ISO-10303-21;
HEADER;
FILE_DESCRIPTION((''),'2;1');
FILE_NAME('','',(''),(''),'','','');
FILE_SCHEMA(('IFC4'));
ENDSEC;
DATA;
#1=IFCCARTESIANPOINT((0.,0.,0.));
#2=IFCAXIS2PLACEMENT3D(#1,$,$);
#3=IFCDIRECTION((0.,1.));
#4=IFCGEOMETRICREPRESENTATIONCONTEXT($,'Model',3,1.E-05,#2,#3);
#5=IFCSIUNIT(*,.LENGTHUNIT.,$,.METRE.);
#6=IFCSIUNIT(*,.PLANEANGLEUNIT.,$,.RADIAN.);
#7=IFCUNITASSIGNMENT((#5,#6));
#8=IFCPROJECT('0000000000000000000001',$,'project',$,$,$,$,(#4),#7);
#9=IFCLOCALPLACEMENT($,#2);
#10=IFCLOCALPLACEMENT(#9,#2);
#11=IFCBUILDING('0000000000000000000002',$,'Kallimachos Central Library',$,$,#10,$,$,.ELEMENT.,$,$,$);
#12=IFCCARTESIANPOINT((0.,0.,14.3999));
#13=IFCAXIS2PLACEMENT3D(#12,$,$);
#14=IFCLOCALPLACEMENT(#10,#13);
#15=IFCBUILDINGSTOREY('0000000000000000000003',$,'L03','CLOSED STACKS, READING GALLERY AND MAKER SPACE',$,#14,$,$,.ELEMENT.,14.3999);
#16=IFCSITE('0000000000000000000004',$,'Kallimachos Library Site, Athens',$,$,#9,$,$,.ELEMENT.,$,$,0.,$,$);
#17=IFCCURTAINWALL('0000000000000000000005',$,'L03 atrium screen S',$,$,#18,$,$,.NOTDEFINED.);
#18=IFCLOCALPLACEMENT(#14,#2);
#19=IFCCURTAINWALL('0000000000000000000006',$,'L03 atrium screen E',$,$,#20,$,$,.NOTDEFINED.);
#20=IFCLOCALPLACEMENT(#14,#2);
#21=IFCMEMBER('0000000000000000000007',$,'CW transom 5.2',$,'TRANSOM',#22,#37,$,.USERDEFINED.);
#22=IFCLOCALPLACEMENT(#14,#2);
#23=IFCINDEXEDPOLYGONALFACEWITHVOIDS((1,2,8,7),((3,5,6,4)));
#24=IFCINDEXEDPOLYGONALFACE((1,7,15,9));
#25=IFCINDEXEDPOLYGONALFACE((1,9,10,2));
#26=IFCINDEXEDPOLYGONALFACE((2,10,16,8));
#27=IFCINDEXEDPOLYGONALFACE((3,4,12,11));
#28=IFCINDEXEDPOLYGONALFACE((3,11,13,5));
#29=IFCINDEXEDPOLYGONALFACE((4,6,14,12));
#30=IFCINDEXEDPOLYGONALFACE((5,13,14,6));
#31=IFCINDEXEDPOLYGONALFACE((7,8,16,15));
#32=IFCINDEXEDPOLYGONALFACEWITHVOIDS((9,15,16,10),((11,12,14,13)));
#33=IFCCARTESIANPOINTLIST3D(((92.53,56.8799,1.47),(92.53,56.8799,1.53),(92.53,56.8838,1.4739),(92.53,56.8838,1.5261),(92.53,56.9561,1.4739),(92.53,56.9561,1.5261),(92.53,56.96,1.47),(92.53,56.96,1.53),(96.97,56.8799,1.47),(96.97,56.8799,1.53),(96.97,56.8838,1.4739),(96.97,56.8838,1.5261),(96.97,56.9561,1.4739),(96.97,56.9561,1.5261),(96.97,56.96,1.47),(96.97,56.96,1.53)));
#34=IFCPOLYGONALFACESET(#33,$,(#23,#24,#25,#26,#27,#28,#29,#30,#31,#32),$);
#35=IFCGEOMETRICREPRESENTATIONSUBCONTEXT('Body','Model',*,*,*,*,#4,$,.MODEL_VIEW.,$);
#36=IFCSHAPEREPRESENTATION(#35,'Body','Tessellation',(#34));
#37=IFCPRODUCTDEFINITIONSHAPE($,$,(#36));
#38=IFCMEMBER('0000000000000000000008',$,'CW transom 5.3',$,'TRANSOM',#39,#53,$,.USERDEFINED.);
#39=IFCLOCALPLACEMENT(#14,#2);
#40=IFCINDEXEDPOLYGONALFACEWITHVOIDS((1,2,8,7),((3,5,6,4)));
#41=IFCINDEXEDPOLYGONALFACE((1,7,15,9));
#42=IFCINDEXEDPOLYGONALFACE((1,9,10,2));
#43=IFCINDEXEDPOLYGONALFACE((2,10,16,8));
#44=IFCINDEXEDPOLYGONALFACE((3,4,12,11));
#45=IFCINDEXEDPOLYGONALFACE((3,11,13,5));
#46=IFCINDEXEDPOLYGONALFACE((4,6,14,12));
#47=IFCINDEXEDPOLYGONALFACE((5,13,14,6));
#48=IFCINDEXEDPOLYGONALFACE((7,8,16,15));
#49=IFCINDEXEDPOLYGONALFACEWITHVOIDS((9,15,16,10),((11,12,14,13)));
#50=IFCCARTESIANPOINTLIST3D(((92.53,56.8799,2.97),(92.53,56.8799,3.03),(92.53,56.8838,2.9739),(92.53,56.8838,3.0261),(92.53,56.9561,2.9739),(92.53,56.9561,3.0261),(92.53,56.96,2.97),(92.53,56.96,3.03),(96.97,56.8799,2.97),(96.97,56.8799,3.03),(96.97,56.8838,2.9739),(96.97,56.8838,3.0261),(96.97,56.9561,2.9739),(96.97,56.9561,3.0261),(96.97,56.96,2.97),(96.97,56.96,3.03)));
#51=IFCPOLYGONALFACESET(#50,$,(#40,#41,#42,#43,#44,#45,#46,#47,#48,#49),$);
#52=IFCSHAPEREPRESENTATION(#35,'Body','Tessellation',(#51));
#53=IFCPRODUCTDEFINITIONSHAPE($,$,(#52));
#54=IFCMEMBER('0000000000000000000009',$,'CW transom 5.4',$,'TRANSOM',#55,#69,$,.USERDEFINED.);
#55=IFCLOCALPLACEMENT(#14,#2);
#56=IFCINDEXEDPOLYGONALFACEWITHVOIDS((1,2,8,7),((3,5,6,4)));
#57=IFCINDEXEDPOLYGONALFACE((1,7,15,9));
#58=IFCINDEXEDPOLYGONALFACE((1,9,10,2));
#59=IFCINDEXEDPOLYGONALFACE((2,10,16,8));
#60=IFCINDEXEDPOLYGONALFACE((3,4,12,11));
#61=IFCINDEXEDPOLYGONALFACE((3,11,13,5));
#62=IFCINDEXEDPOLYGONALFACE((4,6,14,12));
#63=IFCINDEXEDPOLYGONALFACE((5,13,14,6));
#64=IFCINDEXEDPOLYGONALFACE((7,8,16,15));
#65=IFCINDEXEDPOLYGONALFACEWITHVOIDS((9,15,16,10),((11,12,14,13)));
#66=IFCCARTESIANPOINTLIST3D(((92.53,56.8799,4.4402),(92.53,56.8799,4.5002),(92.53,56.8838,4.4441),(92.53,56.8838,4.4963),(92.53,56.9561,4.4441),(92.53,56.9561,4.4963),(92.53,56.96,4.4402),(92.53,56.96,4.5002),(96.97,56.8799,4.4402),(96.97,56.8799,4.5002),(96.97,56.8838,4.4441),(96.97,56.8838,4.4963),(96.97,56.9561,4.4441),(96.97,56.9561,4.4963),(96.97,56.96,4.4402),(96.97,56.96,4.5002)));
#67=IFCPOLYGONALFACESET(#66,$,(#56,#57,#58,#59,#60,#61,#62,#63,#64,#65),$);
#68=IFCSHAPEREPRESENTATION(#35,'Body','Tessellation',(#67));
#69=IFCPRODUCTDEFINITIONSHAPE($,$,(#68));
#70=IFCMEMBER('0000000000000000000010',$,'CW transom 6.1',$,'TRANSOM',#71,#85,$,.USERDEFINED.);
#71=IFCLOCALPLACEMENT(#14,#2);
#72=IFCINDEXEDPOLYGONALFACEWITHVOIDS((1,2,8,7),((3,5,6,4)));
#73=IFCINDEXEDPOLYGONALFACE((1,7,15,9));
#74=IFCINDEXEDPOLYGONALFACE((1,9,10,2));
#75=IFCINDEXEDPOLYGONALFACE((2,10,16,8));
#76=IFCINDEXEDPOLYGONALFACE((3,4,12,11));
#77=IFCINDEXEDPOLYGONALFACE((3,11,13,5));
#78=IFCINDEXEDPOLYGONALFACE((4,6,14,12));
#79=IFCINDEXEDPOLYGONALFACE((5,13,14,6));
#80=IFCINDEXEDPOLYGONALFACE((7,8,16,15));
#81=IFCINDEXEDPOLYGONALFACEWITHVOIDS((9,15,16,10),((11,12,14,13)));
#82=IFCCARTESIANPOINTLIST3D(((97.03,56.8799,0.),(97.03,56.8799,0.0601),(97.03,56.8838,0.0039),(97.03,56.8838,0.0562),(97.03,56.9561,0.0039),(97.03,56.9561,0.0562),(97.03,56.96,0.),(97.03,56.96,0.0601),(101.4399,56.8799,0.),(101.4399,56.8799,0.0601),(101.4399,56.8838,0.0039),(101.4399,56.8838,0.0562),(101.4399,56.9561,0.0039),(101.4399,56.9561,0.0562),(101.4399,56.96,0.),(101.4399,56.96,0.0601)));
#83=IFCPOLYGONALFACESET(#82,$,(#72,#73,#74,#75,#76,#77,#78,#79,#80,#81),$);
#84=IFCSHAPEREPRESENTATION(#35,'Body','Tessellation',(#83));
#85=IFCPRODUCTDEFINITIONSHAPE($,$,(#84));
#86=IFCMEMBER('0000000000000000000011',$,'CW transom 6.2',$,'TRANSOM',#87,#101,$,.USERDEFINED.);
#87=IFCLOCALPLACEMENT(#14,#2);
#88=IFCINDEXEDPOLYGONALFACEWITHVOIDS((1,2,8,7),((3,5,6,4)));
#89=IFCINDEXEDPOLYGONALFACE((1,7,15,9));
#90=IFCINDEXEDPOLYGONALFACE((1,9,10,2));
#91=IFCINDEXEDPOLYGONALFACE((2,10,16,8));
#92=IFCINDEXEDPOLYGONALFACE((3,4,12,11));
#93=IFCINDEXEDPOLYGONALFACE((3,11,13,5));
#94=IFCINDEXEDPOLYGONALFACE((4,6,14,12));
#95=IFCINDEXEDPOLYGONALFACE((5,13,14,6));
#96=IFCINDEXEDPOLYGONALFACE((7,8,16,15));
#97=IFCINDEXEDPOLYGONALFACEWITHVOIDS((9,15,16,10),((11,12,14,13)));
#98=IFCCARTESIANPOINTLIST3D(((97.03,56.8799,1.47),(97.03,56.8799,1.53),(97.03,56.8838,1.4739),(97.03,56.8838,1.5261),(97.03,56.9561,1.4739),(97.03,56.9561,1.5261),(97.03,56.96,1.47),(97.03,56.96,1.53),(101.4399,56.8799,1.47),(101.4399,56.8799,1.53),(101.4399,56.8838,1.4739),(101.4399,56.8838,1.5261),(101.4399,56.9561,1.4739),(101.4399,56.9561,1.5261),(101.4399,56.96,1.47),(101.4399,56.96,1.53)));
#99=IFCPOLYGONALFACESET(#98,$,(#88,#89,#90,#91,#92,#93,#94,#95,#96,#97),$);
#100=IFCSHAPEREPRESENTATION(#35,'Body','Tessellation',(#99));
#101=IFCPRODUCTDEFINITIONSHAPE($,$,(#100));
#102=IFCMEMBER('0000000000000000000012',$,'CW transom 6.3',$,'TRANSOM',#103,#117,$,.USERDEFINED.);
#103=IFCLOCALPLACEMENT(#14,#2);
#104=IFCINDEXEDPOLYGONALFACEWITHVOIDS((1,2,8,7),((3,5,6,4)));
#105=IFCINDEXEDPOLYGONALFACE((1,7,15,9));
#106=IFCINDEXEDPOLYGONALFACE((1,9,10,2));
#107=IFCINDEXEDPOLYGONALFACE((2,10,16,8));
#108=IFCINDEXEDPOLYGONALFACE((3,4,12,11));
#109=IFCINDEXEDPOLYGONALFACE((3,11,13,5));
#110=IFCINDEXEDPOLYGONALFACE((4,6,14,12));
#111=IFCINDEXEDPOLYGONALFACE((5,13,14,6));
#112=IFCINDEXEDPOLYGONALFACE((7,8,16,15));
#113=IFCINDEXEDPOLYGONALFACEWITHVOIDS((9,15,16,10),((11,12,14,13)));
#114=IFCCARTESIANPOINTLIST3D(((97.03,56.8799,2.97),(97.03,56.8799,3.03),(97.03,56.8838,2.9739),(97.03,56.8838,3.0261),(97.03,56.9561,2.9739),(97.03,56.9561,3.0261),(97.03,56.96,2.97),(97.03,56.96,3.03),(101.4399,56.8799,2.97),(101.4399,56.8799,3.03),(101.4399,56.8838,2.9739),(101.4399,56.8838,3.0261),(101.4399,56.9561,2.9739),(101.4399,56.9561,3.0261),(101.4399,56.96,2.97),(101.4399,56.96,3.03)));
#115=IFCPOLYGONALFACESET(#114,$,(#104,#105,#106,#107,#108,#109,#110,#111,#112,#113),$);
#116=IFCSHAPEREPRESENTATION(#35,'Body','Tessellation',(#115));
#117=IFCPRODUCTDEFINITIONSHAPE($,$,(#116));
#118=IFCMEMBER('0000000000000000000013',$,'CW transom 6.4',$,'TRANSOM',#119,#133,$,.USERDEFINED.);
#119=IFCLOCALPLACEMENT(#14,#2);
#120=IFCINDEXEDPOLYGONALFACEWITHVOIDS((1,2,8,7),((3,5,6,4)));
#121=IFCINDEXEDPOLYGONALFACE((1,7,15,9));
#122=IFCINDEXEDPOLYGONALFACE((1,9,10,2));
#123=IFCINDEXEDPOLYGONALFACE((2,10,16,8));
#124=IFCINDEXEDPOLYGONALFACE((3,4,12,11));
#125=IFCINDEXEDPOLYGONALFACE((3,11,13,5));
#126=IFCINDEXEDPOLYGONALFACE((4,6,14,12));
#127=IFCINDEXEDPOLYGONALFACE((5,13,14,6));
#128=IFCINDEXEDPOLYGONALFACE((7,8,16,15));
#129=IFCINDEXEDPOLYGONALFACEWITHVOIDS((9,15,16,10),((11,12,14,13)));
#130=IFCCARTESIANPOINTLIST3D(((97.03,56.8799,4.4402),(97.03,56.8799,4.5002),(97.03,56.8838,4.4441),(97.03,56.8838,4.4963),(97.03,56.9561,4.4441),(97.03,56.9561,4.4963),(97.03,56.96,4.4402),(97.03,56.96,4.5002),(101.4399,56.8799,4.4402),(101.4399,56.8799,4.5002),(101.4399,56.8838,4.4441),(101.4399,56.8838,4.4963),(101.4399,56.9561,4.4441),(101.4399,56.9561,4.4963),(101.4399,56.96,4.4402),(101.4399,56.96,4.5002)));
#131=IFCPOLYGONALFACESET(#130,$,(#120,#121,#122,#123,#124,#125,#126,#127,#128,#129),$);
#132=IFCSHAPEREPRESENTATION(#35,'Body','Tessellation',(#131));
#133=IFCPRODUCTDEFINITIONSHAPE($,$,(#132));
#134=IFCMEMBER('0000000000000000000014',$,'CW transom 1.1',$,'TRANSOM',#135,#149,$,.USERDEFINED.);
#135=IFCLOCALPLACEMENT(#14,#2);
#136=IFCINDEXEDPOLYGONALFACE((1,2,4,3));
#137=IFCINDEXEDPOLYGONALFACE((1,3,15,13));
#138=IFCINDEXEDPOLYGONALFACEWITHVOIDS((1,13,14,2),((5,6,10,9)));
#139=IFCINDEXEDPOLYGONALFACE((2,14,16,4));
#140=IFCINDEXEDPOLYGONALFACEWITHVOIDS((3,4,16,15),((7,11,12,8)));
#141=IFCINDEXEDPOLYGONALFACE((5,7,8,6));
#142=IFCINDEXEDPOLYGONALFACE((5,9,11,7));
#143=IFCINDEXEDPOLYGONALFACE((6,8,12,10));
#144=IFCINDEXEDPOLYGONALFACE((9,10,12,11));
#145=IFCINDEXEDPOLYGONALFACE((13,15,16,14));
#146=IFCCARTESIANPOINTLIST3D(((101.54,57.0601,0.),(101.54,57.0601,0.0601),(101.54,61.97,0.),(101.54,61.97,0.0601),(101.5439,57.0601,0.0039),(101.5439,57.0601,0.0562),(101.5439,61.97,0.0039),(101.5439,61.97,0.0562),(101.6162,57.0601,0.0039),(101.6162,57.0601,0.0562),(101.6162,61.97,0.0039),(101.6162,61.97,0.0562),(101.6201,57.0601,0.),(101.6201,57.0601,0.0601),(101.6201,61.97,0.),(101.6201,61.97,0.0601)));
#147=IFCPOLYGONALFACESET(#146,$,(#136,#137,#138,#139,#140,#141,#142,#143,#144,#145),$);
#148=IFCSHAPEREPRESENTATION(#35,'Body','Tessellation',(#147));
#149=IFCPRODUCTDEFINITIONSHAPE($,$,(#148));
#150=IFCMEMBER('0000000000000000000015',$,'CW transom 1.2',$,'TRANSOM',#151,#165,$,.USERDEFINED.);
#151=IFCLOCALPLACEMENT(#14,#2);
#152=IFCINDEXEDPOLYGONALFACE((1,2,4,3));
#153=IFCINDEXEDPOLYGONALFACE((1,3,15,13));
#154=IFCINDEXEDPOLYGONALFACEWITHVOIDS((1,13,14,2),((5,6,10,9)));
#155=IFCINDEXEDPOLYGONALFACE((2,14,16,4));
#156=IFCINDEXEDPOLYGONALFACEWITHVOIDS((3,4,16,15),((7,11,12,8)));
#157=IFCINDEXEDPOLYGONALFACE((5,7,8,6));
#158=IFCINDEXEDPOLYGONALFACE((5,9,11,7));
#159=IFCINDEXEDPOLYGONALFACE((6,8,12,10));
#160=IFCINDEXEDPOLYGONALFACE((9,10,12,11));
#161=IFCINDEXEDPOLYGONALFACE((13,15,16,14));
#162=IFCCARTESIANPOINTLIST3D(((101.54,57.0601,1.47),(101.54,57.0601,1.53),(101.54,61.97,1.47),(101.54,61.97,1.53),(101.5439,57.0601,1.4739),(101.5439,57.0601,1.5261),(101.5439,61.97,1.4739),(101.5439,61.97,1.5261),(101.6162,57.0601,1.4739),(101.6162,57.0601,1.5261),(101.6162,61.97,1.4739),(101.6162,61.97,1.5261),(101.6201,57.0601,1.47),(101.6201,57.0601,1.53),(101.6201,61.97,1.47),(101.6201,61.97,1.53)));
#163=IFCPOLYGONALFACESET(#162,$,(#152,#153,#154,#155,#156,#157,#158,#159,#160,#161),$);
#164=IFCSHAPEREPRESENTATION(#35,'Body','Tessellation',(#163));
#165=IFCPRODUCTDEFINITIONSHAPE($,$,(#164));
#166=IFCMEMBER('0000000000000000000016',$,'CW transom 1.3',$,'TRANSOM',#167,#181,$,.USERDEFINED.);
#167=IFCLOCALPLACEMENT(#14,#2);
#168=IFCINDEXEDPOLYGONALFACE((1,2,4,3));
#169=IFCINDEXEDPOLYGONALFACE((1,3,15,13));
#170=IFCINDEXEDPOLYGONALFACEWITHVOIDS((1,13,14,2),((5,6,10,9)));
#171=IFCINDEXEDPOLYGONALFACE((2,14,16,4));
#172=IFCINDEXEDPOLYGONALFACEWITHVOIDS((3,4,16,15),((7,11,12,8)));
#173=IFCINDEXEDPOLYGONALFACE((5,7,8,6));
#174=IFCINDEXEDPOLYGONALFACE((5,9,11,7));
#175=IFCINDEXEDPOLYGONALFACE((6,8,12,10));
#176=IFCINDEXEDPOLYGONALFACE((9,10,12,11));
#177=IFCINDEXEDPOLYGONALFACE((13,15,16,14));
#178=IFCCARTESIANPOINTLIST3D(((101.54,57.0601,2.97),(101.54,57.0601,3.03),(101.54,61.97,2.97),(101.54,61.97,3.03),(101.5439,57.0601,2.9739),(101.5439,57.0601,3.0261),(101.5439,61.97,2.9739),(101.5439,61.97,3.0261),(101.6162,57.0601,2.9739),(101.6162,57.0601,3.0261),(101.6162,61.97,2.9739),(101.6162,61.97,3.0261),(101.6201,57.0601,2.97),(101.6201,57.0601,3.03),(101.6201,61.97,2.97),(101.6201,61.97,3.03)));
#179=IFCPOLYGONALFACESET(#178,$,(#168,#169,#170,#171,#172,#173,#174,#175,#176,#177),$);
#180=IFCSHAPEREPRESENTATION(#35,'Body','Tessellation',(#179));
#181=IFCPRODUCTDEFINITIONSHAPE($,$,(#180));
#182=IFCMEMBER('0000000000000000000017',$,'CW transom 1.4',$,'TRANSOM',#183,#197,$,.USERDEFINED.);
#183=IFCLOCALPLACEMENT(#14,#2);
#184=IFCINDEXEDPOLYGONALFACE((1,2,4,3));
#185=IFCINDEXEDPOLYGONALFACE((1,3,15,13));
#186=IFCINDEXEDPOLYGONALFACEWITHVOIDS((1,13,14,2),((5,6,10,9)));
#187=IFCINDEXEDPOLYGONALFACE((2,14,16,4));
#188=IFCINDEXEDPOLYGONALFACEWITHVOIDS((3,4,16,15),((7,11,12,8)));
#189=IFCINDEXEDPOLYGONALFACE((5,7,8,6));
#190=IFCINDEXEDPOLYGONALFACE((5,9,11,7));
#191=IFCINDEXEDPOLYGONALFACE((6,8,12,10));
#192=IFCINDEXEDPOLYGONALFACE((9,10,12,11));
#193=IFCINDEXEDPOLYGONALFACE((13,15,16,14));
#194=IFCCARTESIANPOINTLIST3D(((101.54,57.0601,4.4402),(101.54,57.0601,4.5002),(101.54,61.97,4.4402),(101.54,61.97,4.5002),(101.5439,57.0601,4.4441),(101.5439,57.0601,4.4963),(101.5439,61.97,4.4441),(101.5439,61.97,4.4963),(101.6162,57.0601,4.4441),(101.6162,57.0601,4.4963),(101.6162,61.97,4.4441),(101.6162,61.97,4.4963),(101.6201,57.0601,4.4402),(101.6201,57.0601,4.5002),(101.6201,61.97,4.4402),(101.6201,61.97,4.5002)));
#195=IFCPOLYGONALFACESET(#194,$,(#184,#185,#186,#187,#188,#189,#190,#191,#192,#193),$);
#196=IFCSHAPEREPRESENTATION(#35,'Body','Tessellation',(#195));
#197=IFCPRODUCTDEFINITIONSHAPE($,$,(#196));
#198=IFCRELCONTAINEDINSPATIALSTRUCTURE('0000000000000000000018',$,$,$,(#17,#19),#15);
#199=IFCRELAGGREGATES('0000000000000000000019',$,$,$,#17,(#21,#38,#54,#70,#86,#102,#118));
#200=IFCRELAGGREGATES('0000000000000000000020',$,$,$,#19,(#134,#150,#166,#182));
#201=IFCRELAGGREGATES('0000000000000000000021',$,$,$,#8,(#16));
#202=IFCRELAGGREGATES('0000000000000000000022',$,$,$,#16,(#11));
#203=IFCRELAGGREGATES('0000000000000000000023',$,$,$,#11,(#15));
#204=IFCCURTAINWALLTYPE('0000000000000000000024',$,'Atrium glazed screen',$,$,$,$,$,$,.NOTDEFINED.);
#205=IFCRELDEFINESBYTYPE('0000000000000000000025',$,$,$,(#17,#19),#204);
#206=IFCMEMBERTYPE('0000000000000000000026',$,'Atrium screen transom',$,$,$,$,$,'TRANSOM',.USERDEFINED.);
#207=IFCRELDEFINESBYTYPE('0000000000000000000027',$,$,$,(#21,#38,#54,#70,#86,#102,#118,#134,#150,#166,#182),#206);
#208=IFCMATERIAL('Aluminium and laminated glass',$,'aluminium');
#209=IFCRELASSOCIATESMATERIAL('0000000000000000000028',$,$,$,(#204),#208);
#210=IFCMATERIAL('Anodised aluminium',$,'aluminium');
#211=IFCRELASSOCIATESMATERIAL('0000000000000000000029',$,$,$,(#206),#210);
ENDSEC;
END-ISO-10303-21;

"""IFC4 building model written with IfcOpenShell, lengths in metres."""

from ifc_helpers import new_model, si_unit, direction, frame, origin, origin_2d, place, context, subcontext, project, spatial, hollow_rectangle, extrude, material, material_profile, profile_set, type_object, element, aggregate, save


model = new_model("IFC4")

# Units and contexts
model_context = context("Model", 3, precision=1e-05, world=origin(), true_north=direction((0.0, 1.0)))
body_context = subcontext(model_context, "Body", "Model", "MODEL_VIEW")
ifc_project = project(units=[si_unit("LENGTHUNIT", "METRE"), si_unit("PLANEANGLEUNIT", "RADIAN")], contexts=[model_context])

# Site, building, storey
site_placement = place(None, origin())
site = spatial("IfcSite", under=ifc_project, at=site_placement, Name="Kallimachos Library Site, Athens", CompositionType="ELEMENT", RefElevation=0.0)
building_placement = place(site_placement, origin())
building = spatial("IfcBuilding", under=site, at=building_placement, Name="Kallimachos Central Library", CompositionType="ELEMENT")
storey_placement = place(building_placement, frame((0.0, 0.0, 14.3999)))
storey = spatial("IfcBuildingStorey", under=building, at=storey_placement, Name="L03", Description="CLOSED STACKS, READING GALLERY AND MAKER SPACE", CompositionType="ELEMENT", Elevation=14.3999)

# Curtain walls
ifc_material_1 = material(Name="Aluminium and laminated glass", Category="aluminium")
curtain_wall_type = type_object("IfcCurtainWallType", Name="Atrium glazed screen", PredefinedType="NOTDEFINED", material=ifc_material_1)
curtain_wall_1_placement = place(storey_placement, origin())
curtain_wall_1 = element("IfcCurtainWall", 1, at=curtain_wall_1_placement, inside=storey, type_object=curtain_wall_type, Name="L03 atrium screen S", PredefinedType="NOTDEFINED")
curtain_wall_2_placement = place(storey_placement, origin())
curtain_wall_2 = element("IfcCurtainWall", 2, at=curtain_wall_2_placement, inside=storey, type_object=curtain_wall_type, Name="L03 atrium screen E", PredefinedType="NOTDEFINED")

# Members
ifc_material_2 = material(Name="Anodised aluminium", Category="aluminium")
ifc_material_profile_1 = material_profile(ifc_material_2, hollow_rectangle(XDim=0.0601, YDim=0.0801, WallThickness=0.0039, at=origin_2d()), Name="ALU TRANSOM 60x80")
ifc_profile_set_1 = profile_set([ifc_material_profile_1], Name="Anodised aluminium")
member_type_1 = type_object("IfcMemberType", Name="Atrium screen transom", ElementType="TRANSOM", PredefinedType="USERDEFINED", material=ifc_profile_set_1)
member_1_placement = place(storey_placement, frame((92.53, 56.9199, 1.5), z_axis=(1.0, 0.0, 0.0), x_axis=(0.0, 0.0, 1.0)))
member_1 = element("IfcMember", 3, at=member_1_placement, type_object=member_type_1, Name="CW transom 5.2", ObjectType="TRANSOM", PredefinedType="USERDEFINED", context=body_context, shape_type="SweptSolid", body=[
    extrude(hollow_rectangle(XDim=0.0601, YDim=0.0801, WallThickness=0.0039, at=origin_2d()), origin(), (0.0, 0.0, 1.0), 4.4399),
])
member_2_placement = place(storey_placement, frame((92.53, 56.9199, 3.0), z_axis=(1.0, 0.0, 0.0), x_axis=(0.0, 0.0, 1.0)))
member_2 = element("IfcMember", 4, at=member_2_placement, type_object=member_type_1, Name="CW transom 5.3", ObjectType="TRANSOM", PredefinedType="USERDEFINED", context=body_context, shape_type="SweptSolid", body=[
    extrude(hollow_rectangle(XDim=0.0601, YDim=0.0801, WallThickness=0.0039, at=origin_2d()), origin(), (0.0, 0.0, 1.0), 4.4399),
])
member_3_placement = place(storey_placement, frame((92.53, 56.9199, 4.4702), z_axis=(1.0, 0.0, 0.0), x_axis=(0.0, 0.0, 1.0)))
member_3 = element("IfcMember", 5, at=member_3_placement, type_object=member_type_1, Name="CW transom 5.4", ObjectType="TRANSOM", PredefinedType="USERDEFINED", context=body_context, shape_type="SweptSolid", body=[
    extrude(hollow_rectangle(XDim=0.0601, YDim=0.0801, WallThickness=0.0039, at=origin_2d()), origin(), (0.0, 0.0, 1.0), 4.4399),
])
member_4_placement = place(storey_placement, frame((97.03, 56.9199, 0.03), z_axis=(1.0, 0.0, 0.0), x_axis=(0.0, 0.0, 1.0)))
member_4 = element("IfcMember", 6, at=member_4_placement, type_object=member_type_1, Name="CW transom 6.1", ObjectType="TRANSOM", PredefinedType="USERDEFINED", context=body_context, shape_type="SweptSolid", body=[
    extrude(hollow_rectangle(XDim=0.0601, YDim=0.0801, WallThickness=0.0039, at=origin_2d()), origin(), (0.0, 0.0, 1.0), 4.4099),
])
member_5_placement = place(storey_placement, frame((97.03, 56.9199, 1.5), z_axis=(1.0, 0.0, 0.0), x_axis=(0.0, 0.0, 1.0)))
member_5 = element("IfcMember", 7, at=member_5_placement, type_object=member_type_1, Name="CW transom 6.2", ObjectType="TRANSOM", PredefinedType="USERDEFINED", context=body_context, shape_type="SweptSolid", body=[
    extrude(hollow_rectangle(XDim=0.0601, YDim=0.0801, WallThickness=0.0039, at=origin_2d()), origin(), (0.0, 0.0, 1.0), 4.4099),
])
member_6_placement = place(storey_placement, frame((97.03, 56.9199, 3.0), z_axis=(1.0, 0.0, 0.0), x_axis=(0.0, 0.0, 1.0)))
member_6 = element("IfcMember", 8, at=member_6_placement, type_object=member_type_1, Name="CW transom 6.3", ObjectType="TRANSOM", PredefinedType="USERDEFINED", context=body_context, shape_type="SweptSolid", body=[
    extrude(hollow_rectangle(XDim=0.0601, YDim=0.0801, WallThickness=0.0039, at=origin_2d()), origin(), (0.0, 0.0, 1.0), 4.4099),
])
member_7_placement = place(storey_placement, frame((97.03, 56.9199, 4.4702), z_axis=(1.0, 0.0, 0.0), x_axis=(0.0, 0.0, 1.0)))
member_7 = element("IfcMember", 9, at=member_7_placement, type_object=member_type_1, Name="CW transom 6.4", ObjectType="TRANSOM", PredefinedType="USERDEFINED", context=body_context, shape_type="SweptSolid", body=[
    extrude(hollow_rectangle(XDim=0.0601, YDim=0.0801, WallThickness=0.0039, at=origin_2d()), origin(), (0.0, 0.0, 1.0), 4.4099),
])
member_8_placement = place(storey_placement, frame((101.5801, 57.0601, 0.03), z_axis=(0.0, 1.0, 0.0), x_axis=(0.0, 0.0, 1.0)))
member_8 = element("IfcMember", 10, at=member_8_placement, type_object=member_type_1, Name="CW transom 1.1", ObjectType="TRANSOM", PredefinedType="USERDEFINED", context=body_context, shape_type="SweptSolid", body=[
    extrude(hollow_rectangle(XDim=0.0601, YDim=0.0801, WallThickness=0.0039, at=origin_2d()), origin(), (0.0, 0.0, 1.0), 4.9099),
])
member_9_placement = place(storey_placement, frame((101.5801, 57.0601, 1.5), z_axis=(0.0, 1.0, 0.0), x_axis=(0.0, 0.0, 1.0)))
member_9 = element("IfcMember", 11, at=member_9_placement, type_object=member_type_1, Name="CW transom 1.2", ObjectType="TRANSOM", PredefinedType="USERDEFINED", context=body_context, shape_type="SweptSolid", body=[
    extrude(hollow_rectangle(XDim=0.0601, YDim=0.0801, WallThickness=0.0039, at=origin_2d()), origin(), (0.0, 0.0, 1.0), 4.9099),
])
member_10_placement = place(storey_placement, frame((101.5801, 57.0601, 3.0), z_axis=(0.0, 1.0, 0.0), x_axis=(0.0, 0.0, 1.0)))
member_10 = element("IfcMember", 12, at=member_10_placement, type_object=member_type_1, Name="CW transom 1.3", ObjectType="TRANSOM", PredefinedType="USERDEFINED", context=body_context, shape_type="SweptSolid", body=[
    extrude(hollow_rectangle(XDim=0.0601, YDim=0.0801, WallThickness=0.0039, at=origin_2d()), origin(), (0.0, 0.0, 1.0), 4.9099),
])
member_11_placement = place(storey_placement, frame((101.5801, 57.0601, 4.4702), z_axis=(0.0, 1.0, 0.0), x_axis=(0.0, 0.0, 1.0)))
member_11 = element("IfcMember", 13, at=member_11_placement, type_object=member_type_1, Name="CW transom 1.4", ObjectType="TRANSOM", PredefinedType="USERDEFINED", context=body_context, shape_type="SweptSolid", body=[
    extrude(hollow_rectangle(XDim=0.0601, YDim=0.0801, WallThickness=0.0039, at=origin_2d()), origin(), (0.0, 0.0, 1.0), 4.9099),
])

aggregate(curtain_wall_1, [member_1, member_2, member_3, member_4, member_5, member_6, member_7])
aggregate(curtain_wall_2, [member_8, member_9, member_10, member_11])

save(model, "model.ifc")
